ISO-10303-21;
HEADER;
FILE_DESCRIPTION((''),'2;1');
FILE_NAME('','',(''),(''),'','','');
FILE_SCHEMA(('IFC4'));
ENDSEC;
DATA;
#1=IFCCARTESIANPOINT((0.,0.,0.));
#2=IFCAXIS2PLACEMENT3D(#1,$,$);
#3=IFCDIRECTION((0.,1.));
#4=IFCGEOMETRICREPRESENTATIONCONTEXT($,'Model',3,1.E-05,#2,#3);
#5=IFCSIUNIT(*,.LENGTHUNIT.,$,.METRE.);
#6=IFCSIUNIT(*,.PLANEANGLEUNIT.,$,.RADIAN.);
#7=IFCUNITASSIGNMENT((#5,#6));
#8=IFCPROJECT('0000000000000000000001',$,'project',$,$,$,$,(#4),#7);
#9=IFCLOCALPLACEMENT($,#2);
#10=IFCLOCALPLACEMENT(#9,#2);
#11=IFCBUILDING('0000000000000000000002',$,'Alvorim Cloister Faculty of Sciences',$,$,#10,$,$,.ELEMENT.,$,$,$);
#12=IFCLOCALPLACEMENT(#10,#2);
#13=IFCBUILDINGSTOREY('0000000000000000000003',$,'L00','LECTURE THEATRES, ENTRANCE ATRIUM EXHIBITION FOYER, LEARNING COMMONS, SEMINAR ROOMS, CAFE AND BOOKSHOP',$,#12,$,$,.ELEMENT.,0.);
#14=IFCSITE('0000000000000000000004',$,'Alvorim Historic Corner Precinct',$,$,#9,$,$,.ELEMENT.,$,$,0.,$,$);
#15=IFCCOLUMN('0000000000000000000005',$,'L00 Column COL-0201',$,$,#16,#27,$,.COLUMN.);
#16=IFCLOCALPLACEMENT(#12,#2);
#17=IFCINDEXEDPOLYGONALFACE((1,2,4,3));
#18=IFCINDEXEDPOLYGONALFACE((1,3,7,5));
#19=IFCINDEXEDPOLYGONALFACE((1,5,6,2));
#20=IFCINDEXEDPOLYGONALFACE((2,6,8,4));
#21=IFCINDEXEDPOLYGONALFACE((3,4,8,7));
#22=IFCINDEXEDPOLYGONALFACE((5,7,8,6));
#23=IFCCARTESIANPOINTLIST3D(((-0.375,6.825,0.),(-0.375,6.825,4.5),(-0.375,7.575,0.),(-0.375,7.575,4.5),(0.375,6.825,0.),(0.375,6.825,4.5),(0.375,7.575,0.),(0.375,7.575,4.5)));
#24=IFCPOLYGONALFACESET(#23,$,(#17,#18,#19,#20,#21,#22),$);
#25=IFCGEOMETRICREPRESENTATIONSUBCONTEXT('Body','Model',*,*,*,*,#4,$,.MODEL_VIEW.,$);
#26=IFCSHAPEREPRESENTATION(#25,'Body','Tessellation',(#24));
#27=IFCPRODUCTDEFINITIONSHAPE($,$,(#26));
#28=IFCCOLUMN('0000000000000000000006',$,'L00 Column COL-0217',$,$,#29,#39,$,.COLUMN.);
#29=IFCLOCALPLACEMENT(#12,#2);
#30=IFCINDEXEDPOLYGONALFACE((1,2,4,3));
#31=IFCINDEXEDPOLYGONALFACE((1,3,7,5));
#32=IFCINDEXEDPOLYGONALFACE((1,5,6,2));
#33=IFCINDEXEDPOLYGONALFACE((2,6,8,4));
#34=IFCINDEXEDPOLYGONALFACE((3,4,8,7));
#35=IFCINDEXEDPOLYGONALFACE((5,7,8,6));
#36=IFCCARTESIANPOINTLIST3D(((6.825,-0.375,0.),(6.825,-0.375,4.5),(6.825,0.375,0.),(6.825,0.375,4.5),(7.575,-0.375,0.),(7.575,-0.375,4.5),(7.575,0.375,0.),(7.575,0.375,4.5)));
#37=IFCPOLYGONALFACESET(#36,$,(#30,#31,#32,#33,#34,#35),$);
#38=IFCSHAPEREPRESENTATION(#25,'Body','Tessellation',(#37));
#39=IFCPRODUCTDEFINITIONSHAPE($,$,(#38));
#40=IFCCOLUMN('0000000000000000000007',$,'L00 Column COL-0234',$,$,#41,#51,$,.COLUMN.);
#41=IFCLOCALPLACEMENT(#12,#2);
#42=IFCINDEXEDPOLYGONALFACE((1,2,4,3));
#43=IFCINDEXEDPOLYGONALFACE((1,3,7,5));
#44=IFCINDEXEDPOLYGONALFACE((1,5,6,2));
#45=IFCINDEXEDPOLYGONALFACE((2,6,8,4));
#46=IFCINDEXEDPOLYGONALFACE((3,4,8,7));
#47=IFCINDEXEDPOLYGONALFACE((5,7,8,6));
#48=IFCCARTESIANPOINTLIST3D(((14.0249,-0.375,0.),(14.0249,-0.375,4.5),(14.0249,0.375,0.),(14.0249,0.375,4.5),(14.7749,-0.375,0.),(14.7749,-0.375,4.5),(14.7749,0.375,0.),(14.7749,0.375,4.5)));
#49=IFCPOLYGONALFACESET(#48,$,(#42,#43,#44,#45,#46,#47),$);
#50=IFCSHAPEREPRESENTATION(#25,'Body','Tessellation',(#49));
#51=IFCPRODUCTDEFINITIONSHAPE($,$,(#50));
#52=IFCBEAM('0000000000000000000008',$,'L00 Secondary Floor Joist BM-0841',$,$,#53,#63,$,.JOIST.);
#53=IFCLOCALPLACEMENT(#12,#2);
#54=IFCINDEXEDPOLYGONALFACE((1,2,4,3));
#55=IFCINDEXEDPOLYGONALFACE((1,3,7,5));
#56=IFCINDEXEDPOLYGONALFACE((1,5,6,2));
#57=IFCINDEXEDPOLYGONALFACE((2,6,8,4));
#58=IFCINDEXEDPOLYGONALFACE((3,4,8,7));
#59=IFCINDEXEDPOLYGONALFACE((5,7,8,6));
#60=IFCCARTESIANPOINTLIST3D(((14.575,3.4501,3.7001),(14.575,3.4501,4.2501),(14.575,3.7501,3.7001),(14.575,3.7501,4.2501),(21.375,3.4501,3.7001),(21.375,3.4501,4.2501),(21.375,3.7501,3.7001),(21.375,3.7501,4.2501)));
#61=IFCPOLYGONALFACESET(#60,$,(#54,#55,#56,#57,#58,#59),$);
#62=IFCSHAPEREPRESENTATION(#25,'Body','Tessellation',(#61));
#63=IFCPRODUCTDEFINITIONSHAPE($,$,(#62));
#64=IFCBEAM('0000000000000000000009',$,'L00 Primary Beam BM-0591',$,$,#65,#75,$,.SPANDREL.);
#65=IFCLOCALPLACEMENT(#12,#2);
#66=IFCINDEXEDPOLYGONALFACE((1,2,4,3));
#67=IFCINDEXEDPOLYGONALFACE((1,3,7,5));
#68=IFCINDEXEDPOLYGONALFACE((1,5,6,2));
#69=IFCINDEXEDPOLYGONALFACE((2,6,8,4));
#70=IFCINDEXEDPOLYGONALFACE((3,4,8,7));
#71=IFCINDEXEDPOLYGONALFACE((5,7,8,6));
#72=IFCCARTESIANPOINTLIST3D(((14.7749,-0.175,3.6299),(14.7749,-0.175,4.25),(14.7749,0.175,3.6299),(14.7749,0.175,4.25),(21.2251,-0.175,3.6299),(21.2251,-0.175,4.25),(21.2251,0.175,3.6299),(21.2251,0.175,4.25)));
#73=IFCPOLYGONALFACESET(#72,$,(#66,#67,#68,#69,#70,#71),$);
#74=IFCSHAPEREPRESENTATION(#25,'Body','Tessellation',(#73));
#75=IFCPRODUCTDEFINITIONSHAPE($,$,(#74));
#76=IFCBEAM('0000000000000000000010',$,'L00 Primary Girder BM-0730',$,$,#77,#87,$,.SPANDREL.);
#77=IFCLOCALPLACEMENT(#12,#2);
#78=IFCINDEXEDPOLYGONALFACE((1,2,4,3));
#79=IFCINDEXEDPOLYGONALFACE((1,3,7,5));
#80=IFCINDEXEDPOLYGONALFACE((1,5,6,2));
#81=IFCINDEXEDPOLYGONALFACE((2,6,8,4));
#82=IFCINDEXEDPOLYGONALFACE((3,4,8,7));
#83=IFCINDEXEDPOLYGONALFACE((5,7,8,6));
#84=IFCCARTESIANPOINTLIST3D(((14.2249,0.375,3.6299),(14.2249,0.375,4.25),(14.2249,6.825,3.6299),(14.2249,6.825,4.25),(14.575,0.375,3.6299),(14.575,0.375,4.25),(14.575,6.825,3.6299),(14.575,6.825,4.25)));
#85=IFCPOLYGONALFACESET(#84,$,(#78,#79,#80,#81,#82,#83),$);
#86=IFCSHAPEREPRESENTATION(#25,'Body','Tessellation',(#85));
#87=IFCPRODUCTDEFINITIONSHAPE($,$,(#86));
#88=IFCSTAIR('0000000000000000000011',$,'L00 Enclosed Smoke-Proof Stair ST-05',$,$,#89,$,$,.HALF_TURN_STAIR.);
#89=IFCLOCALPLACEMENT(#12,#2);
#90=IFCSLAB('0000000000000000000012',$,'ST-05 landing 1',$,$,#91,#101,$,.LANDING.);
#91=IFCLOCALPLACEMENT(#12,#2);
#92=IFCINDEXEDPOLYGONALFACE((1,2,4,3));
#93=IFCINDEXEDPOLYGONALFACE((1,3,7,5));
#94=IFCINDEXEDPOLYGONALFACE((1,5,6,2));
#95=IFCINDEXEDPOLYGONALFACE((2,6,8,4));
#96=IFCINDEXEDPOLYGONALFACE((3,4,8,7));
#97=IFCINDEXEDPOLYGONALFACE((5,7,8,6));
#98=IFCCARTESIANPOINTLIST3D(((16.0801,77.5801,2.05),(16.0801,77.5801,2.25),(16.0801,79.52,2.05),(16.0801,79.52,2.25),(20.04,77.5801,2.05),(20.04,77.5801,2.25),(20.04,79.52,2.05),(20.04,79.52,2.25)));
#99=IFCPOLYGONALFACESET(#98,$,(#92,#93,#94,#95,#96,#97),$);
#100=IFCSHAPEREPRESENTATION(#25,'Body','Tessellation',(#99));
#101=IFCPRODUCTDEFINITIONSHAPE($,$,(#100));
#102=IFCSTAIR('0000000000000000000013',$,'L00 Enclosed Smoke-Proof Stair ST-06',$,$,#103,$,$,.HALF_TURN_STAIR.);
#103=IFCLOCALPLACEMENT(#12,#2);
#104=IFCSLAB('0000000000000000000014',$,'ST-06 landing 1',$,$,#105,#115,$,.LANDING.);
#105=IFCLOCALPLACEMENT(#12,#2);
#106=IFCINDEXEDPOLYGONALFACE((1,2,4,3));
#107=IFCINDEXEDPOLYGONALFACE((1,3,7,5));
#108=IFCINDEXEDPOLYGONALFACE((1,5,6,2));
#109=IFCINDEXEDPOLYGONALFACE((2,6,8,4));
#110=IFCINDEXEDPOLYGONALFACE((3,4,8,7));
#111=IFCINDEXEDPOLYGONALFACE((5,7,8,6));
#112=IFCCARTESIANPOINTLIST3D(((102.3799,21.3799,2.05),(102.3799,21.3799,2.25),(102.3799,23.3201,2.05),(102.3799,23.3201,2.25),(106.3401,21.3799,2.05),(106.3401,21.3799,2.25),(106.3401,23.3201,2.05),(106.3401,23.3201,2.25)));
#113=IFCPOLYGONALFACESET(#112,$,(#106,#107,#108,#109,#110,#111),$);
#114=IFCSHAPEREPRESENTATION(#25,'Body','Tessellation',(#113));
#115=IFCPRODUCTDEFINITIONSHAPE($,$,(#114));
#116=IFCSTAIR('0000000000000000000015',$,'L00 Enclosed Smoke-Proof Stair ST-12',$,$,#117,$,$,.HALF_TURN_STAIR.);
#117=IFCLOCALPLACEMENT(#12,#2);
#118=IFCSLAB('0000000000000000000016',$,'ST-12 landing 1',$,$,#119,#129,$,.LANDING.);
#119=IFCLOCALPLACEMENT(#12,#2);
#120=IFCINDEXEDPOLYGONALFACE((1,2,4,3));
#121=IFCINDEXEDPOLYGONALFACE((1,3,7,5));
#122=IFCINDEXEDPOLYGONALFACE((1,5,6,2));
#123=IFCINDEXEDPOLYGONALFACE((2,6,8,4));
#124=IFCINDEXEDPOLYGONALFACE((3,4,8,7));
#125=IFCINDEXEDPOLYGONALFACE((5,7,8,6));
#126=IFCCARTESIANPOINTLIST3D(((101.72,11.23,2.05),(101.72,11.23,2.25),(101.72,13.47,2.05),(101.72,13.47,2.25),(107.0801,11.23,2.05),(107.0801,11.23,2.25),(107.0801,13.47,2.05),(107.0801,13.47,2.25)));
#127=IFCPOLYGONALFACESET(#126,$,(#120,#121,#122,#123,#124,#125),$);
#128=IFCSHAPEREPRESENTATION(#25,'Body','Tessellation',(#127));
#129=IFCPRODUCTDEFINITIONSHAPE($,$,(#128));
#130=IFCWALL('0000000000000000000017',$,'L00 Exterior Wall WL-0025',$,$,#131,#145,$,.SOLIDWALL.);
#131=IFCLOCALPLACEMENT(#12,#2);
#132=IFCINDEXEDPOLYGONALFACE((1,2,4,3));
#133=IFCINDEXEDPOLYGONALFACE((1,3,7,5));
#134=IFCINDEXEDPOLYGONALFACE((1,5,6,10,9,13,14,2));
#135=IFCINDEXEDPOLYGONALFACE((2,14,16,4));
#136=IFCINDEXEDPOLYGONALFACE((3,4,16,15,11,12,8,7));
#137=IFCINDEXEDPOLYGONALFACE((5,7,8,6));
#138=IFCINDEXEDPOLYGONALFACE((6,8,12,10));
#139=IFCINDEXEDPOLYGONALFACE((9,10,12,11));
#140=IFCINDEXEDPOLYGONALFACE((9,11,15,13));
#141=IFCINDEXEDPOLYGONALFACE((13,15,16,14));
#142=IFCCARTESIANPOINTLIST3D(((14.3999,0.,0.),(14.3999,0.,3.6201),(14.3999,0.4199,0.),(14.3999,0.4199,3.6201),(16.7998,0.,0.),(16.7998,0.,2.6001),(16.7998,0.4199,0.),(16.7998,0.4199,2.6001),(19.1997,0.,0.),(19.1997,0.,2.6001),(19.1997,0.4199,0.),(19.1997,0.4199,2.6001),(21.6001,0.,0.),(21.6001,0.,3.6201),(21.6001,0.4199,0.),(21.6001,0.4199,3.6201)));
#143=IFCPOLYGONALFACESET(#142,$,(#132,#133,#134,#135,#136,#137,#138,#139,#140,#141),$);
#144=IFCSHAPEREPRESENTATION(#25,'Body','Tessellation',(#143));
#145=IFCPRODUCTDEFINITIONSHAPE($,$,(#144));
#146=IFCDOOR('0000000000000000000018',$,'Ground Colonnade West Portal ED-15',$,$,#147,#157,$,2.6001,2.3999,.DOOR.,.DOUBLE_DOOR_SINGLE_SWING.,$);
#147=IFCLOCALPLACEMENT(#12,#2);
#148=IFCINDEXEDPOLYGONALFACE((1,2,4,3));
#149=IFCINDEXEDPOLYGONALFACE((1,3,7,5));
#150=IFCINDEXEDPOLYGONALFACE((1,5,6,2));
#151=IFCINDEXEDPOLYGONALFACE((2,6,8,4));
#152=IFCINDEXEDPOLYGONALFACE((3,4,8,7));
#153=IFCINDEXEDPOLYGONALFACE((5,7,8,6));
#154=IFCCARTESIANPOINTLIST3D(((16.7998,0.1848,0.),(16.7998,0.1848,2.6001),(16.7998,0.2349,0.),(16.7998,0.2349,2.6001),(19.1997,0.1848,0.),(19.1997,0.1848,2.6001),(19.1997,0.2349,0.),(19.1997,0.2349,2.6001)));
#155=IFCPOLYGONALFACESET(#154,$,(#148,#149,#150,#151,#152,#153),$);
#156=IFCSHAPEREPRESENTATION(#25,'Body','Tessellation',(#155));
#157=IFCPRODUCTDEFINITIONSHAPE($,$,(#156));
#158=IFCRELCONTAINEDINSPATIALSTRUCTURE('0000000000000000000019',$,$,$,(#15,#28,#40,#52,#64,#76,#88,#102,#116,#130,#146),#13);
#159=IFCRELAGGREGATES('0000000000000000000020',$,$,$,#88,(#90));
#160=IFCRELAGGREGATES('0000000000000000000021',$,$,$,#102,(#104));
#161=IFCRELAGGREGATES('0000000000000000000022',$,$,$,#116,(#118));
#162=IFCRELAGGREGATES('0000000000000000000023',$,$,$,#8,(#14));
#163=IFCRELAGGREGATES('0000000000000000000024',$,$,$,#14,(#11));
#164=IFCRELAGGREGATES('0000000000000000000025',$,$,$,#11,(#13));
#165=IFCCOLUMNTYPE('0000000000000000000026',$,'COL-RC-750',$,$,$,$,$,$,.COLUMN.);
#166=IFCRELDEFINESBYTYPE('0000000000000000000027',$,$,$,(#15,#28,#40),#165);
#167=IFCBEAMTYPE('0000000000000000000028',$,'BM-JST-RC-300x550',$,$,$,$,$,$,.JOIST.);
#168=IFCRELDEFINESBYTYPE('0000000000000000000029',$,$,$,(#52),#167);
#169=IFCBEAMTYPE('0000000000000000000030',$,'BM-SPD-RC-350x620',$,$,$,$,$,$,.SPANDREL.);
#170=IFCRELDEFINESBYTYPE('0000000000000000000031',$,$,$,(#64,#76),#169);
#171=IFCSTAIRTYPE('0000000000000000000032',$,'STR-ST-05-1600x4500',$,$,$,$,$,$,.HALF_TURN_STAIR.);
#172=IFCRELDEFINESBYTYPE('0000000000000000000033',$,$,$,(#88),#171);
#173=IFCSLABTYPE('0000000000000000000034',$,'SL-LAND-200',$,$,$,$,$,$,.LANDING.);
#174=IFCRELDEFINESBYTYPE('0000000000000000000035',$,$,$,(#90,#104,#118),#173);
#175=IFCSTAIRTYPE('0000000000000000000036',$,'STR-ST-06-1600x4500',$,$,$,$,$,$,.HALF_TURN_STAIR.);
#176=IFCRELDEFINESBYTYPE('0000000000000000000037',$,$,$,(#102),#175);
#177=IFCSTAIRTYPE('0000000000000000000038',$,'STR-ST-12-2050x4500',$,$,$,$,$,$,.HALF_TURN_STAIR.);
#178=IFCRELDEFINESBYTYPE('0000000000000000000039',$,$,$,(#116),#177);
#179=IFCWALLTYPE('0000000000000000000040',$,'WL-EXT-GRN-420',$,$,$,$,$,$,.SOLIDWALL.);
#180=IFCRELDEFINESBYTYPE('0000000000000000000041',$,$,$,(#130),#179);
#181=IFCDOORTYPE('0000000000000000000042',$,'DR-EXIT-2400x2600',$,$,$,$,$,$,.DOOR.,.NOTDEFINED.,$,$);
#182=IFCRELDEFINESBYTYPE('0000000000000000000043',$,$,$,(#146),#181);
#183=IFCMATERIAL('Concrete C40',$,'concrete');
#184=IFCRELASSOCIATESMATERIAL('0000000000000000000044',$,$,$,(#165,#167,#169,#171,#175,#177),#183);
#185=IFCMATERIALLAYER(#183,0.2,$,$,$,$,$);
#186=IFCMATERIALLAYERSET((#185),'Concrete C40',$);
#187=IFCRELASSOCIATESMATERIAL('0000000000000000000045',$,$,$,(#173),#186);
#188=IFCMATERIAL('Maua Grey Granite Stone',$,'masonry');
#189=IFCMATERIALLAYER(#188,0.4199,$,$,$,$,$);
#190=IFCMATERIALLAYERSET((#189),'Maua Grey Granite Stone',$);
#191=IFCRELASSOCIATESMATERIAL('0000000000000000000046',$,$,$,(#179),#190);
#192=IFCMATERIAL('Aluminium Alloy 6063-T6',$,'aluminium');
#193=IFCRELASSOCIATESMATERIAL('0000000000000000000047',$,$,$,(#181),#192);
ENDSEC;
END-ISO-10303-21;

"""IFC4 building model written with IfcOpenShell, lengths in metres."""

from ifc_helpers import new_model, si_unit, direction, frame, frame_2d, origin, origin_2d, place, context, subcontext, project, spatial, polyline, rectangle, outline, extrude, material, layer, layer_set, material_profile, profile_set, type_object, element, fill, aggregate, save


model = new_model("IFC4")

# Units and contexts
model_context = context("Model", 3, precision=1e-05, world=origin(), true_north=direction((0.0, 1.0)))
body_context = subcontext(model_context, "Body", "Model", "MODEL_VIEW")
ifc_project = project(units=[si_unit("LENGTHUNIT", "METRE"), si_unit("PLANEANGLEUNIT", "RADIAN")], contexts=[model_context])

# Site, building, storey
site_placement = place(None, origin())
site = spatial("IfcSite", under=ifc_project, at=site_placement, Name="Alvorim Historic Corner Precinct", CompositionType="ELEMENT", RefElevation=0.0)
building_placement = place(site_placement, origin())
building = spatial("IfcBuilding", under=site, at=building_placement, Name="Alvorim Cloister Faculty of Sciences", CompositionType="ELEMENT")
storey_placement = place(building_placement, origin())
storey = spatial("IfcBuildingStorey", under=building, at=storey_placement, Name="L00", Description="LECTURE THEATRES, ENTRANCE ATRIUM EXHIBITION FOYER, LEARNING COMMONS, SEMINAR ROOMS, CAFE AND BOOKSHOP", CompositionType="ELEMENT", Elevation=0.0)

# Columns
ifc_material_1 = material(Name="Concrete C40", Category="concrete")
ifc_material_profile_1 = material_profile(ifc_material_1, rectangle(XDim=0.75, YDim=0.75, at=origin_2d()), Name="RC40-COL-750x750")
ifc_profile_set_1 = profile_set([ifc_material_profile_1], Name="Concrete C40")
column_type = type_object("IfcColumnType", Name="COL-RC-750", PredefinedType="COLUMN", material=ifc_profile_set_1)
for number, where, z_axis, x_axis, name in (
    (1, (0.0, 7.2, 0.0), (0.0, 0.0, 1.0), (1.0, 0.0, 0.0), "L00 Column COL-0201"),
    (2, (7.2, 0.0, 0.0), (0.0, 0.0, 1.0), (1.0, 0.0, 0.0), "L00 Column COL-0217"),
    (3, (14.3999, 0.0, 0.0), (0.0, 0.0, 1.0), (1.0, 0.0, 0.0), "L00 Column COL-0234"),
):
    element("IfcColumn", number, at=place(storey_placement, frame(where, z_axis=z_axis, x_axis=x_axis)), inside=storey, type_object=column_type, Name=name, PredefinedType="COLUMN", context=body_context, shape_type="SweptSolid", body=[
        extrude(rectangle(XDim=0.75, YDim=0.75, at=origin_2d()), origin(), (0.0, 0.0, 1.0), 4.5),
    ])

# Beams
ifc_material_profile_2 = material_profile(ifc_material_1, rectangle(XDim=0.3, YDim=0.55, at=origin_2d()), Name="RC40-JST-300x550")
ifc_profile_set_2 = profile_set([ifc_material_profile_2], Name="Concrete C40")
beam_type_1 = type_object("IfcBeamType", Name="BM-JST-RC-300x550", PredefinedType="JOIST", material=ifc_profile_set_2)
beam_1_placement = place(storey_placement, frame((14.575, 3.6001, 3.9751), z_axis=(1.0, 0.0, 0.0), x_axis=(0.0, 1.0, 0.0)))
element("IfcBeam", 4, at=beam_1_placement, inside=storey, type_object=beam_type_1, Name="L00 Secondary Floor Joist BM-0841", PredefinedType="JOIST", context=body_context, shape_type="SweptSolid", body=[
    extrude(rectangle(XDim=0.3, YDim=0.55, at=origin_2d()), origin(), (0.0, 0.0, 1.0), 6.8),
])
ifc_material_profile_3 = material_profile(ifc_material_1, rectangle(XDim=0.3501, YDim=0.6201, at=origin_2d()), Name="RC40-SPD-350x620")
ifc_profile_set_3 = profile_set([ifc_material_profile_3], Name="Concrete C40")
beam_type_2 = type_object("IfcBeamType", Name="BM-SPD-RC-350x620", PredefinedType="SPANDREL", material=ifc_profile_set_3)
beam_2_placement = place(storey_placement, frame((14.7749, 0.0, 3.9399), z_axis=(1.0, 0.0, 0.0), x_axis=(0.0, 1.0, 0.0)))
element("IfcBeam", 5, at=beam_2_placement, inside=storey, type_object=beam_type_2, Name="L00 Primary Beam BM-0591", PredefinedType="SPANDREL", context=body_context, shape_type="SweptSolid", body=[
    extrude(rectangle(XDim=0.3501, YDim=0.6201, at=origin_2d()), origin(), (0.0, 0.0, 1.0), 6.4502),
])
beam_3_placement = place(storey_placement, frame((14.3999, 0.375, 3.9399), z_axis=(0.0, 1.0, 0.0), x_axis=(-1.0, 0.0, 0.0)))
element("IfcBeam", 6, at=beam_3_placement, inside=storey, type_object=beam_type_2, Name="L00 Primary Girder BM-0730", PredefinedType="SPANDREL", context=body_context, shape_type="SweptSolid", body=[
    extrude(rectangle(XDim=0.3501, YDim=0.6201, at=origin_2d()), origin(), (0.0, 0.0, 1.0), 6.45),
])

# Stairs, slabs
stair_type_1 = type_object("IfcStairType", Name="STR-ST-05-1600x4500", PredefinedType="HALF_TURN_STAIR", material=ifc_material_1)
stair_1_placement = place(storey_placement, origin())
stair_1 = element("IfcStair", 7, at=stair_1_placement, inside=storey, type_object=stair_type_1, Name="L00 Enclosed Smoke-Proof Stair ST-05", PredefinedType="HALF_TURN_STAIR")
ifc_layer_1 = layer(ifc_material_1, 0.2)
ifc_layer_set_1 = layer_set([ifc_layer_1], Name="Concrete C40")
slab_type = type_object("IfcSlabType", Name="SL-LAND-200", PredefinedType="LANDING", material=ifc_layer_set_1)
slab_1_placement = place(storey_placement, frame((0.0, 0.0, 2.05)))
slab_1 = element("IfcSlab", 8, at=slab_1_placement, type_object=slab_type, Name="ST-05 landing 1", PredefinedType="LANDING", context=body_context, shape_type="SweptSolid", body=[
    extrude(outline(polyline([(20.04, 77.5801), (20.04, 79.52), (16.0801, 79.52), (16.0801, 77.5801), (20.04, 77.5801)])), origin(), (0.0, 0.0, 1.0), 0.2),
])
aggregate(stair_1, [slab_1])
stair_type_2 = type_object("IfcStairType", Name="STR-ST-06-1600x4500", PredefinedType="HALF_TURN_STAIR", material=ifc_material_1)
stair_2_placement = place(storey_placement, origin())
stair_2 = element("IfcStair", 9, at=stair_2_placement, inside=storey, type_object=stair_type_2, Name="L00 Enclosed Smoke-Proof Stair ST-06", PredefinedType="HALF_TURN_STAIR")
slab_2_placement = place(storey_placement, frame((0.0, 0.0, 2.05)))
slab_2 = element("IfcSlab", 10, at=slab_2_placement, type_object=slab_type, Name="ST-06 landing 1", PredefinedType="LANDING", context=body_context, shape_type="SweptSolid", body=[
    extrude(outline(polyline([(106.3401, 21.3799), (106.3401, 23.3201), (102.3799, 23.3201), (102.3799, 21.3799), (106.3401, 21.3799)])), origin(), (0.0, 0.0, 1.0), 0.2),
])
aggregate(stair_2, [slab_2])
stair_type_3 = type_object("IfcStairType", Name="STR-ST-12-2050x4500", PredefinedType="HALF_TURN_STAIR", material=ifc_material_1)
stair_3_placement = place(storey_placement, origin())
stair_3 = element("IfcStair", 11, at=stair_3_placement, inside=storey, type_object=stair_type_3, Name="L00 Enclosed Smoke-Proof Stair ST-12", PredefinedType="HALF_TURN_STAIR")
slab_3_placement = place(storey_placement, frame((0.0, 0.0, 2.05)))
slab_3 = element("IfcSlab", 12, at=slab_3_placement, type_object=slab_type, Name="ST-12 landing 1", PredefinedType="LANDING", context=body_context, shape_type="SweptSolid", body=[
    extrude(outline(polyline([(107.0801, 11.23), (107.0801, 13.47), (101.72, 13.47), (101.72, 11.23), (107.0801, 11.23)])), origin(), (0.0, 0.0, 1.0), 0.2),
])
aggregate(stair_3, [slab_3])

# Wall, opening, door
ifc_material_2 = material(Name="Maua Grey Granite Stone", Category="masonry")
ifc_layer_2 = layer(ifc_material_2, 0.4199)
ifc_layer_set_2 = layer_set([ifc_layer_2], Name="Maua Grey Granite Stone")
wall_type = type_object("IfcWallType", Name="WL-EXT-GRN-420", PredefinedType="SOLIDWALL", material=ifc_layer_set_2)
wall_1_placement = place(storey_placement, frame((14.3999, 0.21, 0.0), z_axis=(0.0, 0.0, 1.0), x_axis=(1.0, 0.0, 0.0)))
wall_1 = element("IfcWall", 13, at=wall_1_placement, inside=storey, type_object=wall_type, Name="L00 Exterior Wall WL-0025", PredefinedType="SOLIDWALL", context=body_context, shape_type="SweptSolid", body=[
    extrude(rectangle(XDim=7.2002, YDim=0.4199, at=frame_2d((3.6001, 0.0))), origin(), (0.0, 0.0, 1.0), 3.6201),
])
opening_1_placement = place(wall_1_placement, frame((2.3999, 0.0, 0.0)))
opening_1 = element("IfcOpeningElement", 14, at=opening_1_placement, cuts=wall_1, PredefinedType="OPENING", context=body_context, shape_type="SweptSolid", body=[
    extrude(rectangle(XDim=2.3999, YDim=2.6001, at=frame_2d((1.2, 1.3))), frame((0.0, 0.2219, 0.0), z_axis=(0.0, -1.0, 0.0), x_axis=(1.0, 0.0, 0.0)), (0.0, 0.0, 1.0), 0.4438),
])
ifc_material_3 = material(Name="Aluminium Alloy 6063-T6", Category="aluminium")
door_type = type_object("IfcDoorType", Name="DR-EXIT-2400x2600", OperationType="NOTDEFINED", PredefinedType="DOOR", material=ifc_material_3)
door_placement = place(opening_1_placement, origin())
door = element("IfcDoor", 15, at=door_placement, inside=storey, type_object=door_type, Name="Ground Colonnade West Portal ED-15", OperationType="DOUBLE_DOOR_SINGLE_SWING", OverallHeight=2.6001, OverallWidth=2.3999, PredefinedType="DOOR", context=body_context, shape_type="SweptSolid", body=[
    extrude(rectangle(XDim=2.3999, YDim=2.6001, at=frame_2d((1.2, 1.3))), frame((0.0, 0.0249, 0.0), z_axis=(0.0, -1.0, 0.0), x_axis=(1.0, 0.0, 0.0)), (0.0, 0.0, 1.0), 0.05),
])
fill(opening_1, door)

save(model, "model.ifc")
